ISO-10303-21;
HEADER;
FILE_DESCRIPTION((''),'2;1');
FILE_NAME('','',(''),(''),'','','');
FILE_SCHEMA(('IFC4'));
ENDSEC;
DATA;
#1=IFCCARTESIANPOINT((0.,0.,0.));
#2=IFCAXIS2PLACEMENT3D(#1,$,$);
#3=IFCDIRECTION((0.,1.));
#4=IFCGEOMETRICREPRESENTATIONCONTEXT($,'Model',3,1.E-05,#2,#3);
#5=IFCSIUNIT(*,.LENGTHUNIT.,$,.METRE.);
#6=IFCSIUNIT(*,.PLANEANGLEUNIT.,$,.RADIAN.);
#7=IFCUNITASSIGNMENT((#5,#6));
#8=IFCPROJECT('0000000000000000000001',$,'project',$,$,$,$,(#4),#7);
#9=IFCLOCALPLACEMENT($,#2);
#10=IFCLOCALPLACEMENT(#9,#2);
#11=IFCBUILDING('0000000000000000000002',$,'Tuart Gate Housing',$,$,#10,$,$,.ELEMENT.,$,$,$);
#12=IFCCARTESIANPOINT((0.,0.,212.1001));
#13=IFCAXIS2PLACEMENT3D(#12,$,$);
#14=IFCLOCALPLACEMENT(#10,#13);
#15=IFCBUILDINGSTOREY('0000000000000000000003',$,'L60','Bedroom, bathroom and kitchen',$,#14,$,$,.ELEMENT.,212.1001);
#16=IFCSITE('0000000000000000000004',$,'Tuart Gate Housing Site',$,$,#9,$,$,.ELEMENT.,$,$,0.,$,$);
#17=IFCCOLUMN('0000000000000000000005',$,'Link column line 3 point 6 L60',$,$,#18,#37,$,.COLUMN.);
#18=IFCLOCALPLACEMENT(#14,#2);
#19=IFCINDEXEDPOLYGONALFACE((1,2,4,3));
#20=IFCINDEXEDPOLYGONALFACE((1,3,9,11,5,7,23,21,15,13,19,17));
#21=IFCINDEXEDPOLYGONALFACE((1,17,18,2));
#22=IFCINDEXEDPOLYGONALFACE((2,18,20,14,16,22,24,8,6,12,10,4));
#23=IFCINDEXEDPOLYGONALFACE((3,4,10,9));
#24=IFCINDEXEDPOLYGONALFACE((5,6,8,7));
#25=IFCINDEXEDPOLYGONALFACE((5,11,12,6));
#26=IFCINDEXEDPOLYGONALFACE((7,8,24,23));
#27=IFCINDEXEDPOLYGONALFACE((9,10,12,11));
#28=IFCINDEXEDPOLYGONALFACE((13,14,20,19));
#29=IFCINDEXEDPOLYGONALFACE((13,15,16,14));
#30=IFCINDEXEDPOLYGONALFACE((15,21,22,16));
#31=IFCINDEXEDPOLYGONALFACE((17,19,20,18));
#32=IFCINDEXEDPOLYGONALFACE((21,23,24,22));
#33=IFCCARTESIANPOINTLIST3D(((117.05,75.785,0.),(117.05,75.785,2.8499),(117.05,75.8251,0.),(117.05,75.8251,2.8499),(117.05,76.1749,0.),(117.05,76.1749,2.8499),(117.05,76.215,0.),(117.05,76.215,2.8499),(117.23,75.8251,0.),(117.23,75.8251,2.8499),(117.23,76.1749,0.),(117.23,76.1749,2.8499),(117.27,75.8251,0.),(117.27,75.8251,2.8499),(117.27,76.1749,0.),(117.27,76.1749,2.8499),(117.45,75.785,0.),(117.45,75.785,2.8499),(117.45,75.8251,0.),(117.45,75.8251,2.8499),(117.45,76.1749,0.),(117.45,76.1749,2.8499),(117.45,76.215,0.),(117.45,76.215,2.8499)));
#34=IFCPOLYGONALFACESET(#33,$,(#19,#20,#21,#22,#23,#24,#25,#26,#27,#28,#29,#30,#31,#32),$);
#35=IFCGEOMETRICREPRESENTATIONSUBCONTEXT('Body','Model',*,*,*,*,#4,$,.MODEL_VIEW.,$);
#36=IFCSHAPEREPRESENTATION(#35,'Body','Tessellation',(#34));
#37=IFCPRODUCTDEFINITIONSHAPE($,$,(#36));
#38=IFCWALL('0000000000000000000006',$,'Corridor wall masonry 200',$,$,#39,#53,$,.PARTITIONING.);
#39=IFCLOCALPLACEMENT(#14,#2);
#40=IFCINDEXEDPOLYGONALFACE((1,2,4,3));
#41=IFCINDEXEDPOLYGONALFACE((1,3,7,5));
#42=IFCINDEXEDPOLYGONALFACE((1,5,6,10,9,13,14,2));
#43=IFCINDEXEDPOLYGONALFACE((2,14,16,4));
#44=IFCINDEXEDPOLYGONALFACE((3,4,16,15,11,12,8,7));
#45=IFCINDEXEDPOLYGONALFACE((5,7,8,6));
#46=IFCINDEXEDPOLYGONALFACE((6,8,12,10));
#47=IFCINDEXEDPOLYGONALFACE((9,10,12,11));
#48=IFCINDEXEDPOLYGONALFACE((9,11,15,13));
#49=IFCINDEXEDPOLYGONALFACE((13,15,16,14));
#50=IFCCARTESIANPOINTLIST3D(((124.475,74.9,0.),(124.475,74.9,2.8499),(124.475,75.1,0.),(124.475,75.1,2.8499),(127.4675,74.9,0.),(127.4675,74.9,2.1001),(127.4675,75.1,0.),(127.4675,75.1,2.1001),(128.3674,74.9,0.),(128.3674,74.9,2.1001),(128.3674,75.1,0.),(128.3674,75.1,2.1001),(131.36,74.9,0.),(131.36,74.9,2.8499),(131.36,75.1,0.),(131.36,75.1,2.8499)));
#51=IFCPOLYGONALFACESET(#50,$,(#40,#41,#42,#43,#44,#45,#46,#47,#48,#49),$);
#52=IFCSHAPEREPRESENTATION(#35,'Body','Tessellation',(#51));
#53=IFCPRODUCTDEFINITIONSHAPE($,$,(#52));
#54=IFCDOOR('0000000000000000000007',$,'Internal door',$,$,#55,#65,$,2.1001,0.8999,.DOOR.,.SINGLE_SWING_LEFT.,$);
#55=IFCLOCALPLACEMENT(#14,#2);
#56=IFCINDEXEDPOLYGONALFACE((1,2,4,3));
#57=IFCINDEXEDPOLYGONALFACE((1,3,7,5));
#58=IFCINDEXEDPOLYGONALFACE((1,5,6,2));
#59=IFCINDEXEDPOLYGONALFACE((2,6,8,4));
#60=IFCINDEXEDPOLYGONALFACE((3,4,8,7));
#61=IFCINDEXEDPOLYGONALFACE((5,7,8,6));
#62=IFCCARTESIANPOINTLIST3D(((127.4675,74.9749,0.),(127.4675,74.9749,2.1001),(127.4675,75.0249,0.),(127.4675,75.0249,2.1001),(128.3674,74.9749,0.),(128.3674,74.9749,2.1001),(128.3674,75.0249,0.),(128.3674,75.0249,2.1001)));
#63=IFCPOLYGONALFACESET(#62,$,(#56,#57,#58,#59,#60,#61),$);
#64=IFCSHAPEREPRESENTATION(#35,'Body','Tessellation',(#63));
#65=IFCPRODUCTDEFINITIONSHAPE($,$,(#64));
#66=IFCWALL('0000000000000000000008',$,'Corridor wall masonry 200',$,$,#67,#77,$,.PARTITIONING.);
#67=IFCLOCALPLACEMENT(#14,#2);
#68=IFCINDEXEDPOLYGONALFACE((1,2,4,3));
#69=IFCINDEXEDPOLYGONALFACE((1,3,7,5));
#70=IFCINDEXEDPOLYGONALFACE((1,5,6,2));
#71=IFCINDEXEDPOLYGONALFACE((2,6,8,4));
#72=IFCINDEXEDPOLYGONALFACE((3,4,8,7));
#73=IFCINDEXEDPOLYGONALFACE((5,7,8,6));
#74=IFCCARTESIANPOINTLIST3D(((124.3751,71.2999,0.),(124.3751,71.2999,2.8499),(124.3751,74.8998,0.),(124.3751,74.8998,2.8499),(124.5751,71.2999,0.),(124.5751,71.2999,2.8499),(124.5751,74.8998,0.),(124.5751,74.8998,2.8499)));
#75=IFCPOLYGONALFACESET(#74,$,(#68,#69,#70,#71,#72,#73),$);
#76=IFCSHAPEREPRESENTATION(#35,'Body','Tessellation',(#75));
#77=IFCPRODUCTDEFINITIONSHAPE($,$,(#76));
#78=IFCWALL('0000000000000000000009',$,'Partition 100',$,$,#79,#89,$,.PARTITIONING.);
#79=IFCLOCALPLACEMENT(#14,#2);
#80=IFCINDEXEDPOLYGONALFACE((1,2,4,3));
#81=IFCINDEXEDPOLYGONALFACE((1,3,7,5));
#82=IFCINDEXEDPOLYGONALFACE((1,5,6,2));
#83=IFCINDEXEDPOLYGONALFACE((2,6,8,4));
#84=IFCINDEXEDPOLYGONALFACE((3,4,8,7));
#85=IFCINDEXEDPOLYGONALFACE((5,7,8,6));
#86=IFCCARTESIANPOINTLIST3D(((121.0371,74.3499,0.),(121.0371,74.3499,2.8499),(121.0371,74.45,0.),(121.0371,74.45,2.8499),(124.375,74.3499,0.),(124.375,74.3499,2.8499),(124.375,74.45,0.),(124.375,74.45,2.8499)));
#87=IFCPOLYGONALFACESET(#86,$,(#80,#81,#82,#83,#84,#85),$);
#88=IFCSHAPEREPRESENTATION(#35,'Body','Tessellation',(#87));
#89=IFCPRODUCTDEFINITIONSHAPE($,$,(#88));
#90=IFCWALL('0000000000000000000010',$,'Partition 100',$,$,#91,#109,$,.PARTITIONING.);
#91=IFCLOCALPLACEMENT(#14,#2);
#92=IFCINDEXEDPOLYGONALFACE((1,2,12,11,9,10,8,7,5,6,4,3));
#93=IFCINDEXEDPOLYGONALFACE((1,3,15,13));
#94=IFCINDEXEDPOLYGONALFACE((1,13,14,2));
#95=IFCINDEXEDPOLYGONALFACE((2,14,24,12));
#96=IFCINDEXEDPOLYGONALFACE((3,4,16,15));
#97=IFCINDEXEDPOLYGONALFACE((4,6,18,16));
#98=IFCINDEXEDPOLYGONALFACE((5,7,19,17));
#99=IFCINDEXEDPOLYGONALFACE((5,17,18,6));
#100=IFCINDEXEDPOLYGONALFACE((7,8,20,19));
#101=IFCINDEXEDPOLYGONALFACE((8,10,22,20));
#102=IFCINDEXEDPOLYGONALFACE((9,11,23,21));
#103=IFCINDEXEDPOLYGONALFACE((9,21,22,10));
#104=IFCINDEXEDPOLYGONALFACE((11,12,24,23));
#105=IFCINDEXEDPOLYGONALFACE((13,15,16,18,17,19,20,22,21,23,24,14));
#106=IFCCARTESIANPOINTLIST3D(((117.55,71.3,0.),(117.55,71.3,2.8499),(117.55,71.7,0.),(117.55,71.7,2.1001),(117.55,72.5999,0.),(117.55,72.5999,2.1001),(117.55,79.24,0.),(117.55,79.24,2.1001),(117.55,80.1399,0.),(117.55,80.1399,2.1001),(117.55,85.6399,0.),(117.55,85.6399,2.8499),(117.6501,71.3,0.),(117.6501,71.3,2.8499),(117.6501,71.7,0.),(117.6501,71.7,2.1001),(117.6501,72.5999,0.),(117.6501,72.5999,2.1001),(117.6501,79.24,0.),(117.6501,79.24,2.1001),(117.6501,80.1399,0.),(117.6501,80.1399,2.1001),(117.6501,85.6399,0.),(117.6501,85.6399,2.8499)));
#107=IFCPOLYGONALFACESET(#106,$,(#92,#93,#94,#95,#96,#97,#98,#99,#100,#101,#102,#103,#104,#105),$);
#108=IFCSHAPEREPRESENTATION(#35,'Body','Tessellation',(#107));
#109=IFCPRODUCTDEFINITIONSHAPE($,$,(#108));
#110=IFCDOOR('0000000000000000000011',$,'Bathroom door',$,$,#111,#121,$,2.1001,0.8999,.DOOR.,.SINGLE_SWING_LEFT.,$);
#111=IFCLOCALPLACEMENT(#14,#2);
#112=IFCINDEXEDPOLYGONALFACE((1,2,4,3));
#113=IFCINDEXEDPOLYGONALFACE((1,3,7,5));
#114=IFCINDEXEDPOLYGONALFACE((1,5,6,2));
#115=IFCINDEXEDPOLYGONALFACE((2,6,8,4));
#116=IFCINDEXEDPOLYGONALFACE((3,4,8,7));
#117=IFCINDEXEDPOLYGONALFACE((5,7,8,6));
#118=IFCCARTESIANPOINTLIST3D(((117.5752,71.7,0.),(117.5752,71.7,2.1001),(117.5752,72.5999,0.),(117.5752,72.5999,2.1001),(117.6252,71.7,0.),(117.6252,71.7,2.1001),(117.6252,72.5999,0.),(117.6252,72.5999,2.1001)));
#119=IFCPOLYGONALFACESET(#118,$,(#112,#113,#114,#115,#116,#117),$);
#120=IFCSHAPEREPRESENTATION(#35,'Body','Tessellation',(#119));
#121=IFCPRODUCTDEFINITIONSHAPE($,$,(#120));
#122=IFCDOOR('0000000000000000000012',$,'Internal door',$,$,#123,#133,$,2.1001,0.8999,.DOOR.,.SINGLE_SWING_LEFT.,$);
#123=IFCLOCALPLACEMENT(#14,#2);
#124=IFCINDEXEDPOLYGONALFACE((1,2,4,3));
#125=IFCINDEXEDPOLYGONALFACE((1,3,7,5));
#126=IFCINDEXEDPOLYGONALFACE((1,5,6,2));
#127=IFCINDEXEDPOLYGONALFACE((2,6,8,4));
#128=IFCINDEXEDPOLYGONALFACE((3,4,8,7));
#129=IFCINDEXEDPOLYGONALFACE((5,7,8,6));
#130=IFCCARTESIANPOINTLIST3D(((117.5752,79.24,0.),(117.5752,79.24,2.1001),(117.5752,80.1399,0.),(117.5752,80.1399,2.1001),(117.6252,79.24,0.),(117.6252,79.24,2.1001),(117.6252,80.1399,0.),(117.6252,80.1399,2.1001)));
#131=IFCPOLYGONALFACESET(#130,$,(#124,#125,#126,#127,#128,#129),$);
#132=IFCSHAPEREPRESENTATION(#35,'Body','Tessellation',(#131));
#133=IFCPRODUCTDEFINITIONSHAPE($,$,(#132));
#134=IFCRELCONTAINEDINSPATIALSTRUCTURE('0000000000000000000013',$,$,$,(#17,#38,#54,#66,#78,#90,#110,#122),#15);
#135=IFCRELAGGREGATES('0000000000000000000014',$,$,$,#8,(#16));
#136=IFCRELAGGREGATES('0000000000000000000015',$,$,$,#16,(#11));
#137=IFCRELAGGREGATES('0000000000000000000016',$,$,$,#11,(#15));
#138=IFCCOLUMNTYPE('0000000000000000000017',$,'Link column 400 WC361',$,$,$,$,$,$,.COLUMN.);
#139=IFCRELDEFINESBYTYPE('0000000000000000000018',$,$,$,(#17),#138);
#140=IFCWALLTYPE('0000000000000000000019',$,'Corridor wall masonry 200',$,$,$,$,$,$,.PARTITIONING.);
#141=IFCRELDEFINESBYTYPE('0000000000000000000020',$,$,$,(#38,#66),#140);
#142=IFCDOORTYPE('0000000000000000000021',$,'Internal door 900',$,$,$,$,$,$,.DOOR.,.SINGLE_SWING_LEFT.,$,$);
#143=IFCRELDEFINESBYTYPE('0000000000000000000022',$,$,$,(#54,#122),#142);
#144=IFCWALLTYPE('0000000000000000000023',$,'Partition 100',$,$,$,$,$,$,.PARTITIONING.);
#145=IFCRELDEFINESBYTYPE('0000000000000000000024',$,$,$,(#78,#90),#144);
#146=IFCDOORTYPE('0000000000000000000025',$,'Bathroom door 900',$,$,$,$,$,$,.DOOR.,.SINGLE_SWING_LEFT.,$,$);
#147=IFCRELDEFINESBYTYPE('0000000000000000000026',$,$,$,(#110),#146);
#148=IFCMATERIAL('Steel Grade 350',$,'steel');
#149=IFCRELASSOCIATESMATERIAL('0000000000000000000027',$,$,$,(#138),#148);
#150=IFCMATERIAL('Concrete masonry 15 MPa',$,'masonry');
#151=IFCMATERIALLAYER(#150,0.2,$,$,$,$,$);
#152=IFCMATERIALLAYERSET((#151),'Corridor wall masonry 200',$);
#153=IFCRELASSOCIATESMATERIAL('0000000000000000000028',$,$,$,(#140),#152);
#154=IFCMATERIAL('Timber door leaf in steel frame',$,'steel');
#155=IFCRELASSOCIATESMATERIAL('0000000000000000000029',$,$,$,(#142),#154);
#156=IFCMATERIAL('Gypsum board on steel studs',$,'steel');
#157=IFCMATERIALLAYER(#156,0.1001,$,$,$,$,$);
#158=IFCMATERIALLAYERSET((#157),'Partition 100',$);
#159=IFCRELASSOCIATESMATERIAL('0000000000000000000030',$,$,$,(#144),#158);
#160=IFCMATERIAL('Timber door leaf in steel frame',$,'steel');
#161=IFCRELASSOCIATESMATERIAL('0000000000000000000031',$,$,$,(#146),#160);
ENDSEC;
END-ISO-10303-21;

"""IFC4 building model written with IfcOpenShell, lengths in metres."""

from ifc_helpers import new_model, si_unit, direction, frame, frame_2d, origin, origin_2d, place, context, subcontext, project, spatial, rectangle, i_section, extrude, material, layer, layer_set, material_profile, profile_set, type_object, element, fill, save


model = new_model("IFC4")

# Units and contexts
model_context = context("Model", 3, precision=1e-05, world=origin(), true_north=direction((0.0, 1.0)))
body_context = subcontext(model_context, "Body", "Model", "MODEL_VIEW")
ifc_project = project(units=[si_unit("LENGTHUNIT", "METRE"), si_unit("PLANEANGLEUNIT", "RADIAN")], contexts=[model_context])

# Site, building, storey
site_placement = place(None, origin())
site = spatial("IfcSite", under=ifc_project, at=site_placement, Name="Tuart Gate Housing Site", CompositionType="ELEMENT", RefElevation=0.0)
building_placement = place(site_placement, origin())
building = spatial("IfcBuilding", under=site, at=building_placement, Name="Tuart Gate Housing", CompositionType="ELEMENT")
storey_placement = place(building_placement, frame((0.0, 0.0, 212.1001)))
storey = spatial("IfcBuildingStorey", under=building, at=storey_placement, Name="L60", Description="Bedroom, bathroom and kitchen", CompositionType="ELEMENT", Elevation=212.1001)

# Column
ifc_material_1 = material(Name="Steel Grade 350", Category="steel")
ifc_material_profile = material_profile(ifc_material_1, i_section(OverallWidth=0.3999, OverallDepth=0.4299, WebThickness=0.04, FlangeThickness=0.04, at=origin_2d()), Name="400WC361")
ifc_profile_set = profile_set([ifc_material_profile], Name="Steel Grade 350")
column_type = type_object("IfcColumnType", Name="Link column 400 WC361", PredefinedType="COLUMN", material=ifc_profile_set)
column_placement = place(storey_placement, frame((117.25, 76.0, 0.0), z_axis=(0.0, 0.0, 1.0), x_axis=(1.0, 0.0, 0.0)))
element("IfcColumn", 1, at=column_placement, inside=storey, type_object=column_type, Name="Link column line 3 point 6 L60", PredefinedType="COLUMN", context=body_context, shape_type="SweptSolid", body=[
    extrude(i_section(OverallWidth=0.3999, OverallDepth=0.4299, WebThickness=0.04, FlangeThickness=0.04, at=origin_2d()), origin(), (0.0, 0.0, 1.0), 2.8499),
])

# Wall, opening, door
ifc_material_2 = material(Name="Concrete masonry 15 MPa", Category="masonry")
ifc_layer_1 = layer(ifc_material_2, 0.2)
ifc_layer_set_1 = layer_set([ifc_layer_1], Name="Corridor wall masonry 200")
wall_type_1 = type_object("IfcWallType", Name="Corridor wall masonry 200", PredefinedType="PARTITIONING", material=ifc_layer_set_1)
wall_1_placement = place(storey_placement, frame((124.4751, 75.0, 0.0), z_axis=(0.0, 0.0, 1.0), x_axis=(1.0, 0.0, 0.0)))
wall_1 = element("IfcWall", 2, at=wall_1_placement, inside=storey, type_object=wall_type_1, Name="Corridor wall masonry 200", PredefinedType="PARTITIONING", context=body_context, shape_type="SweptSolid", body=[
    extrude(rectangle(XDim=6.885, YDim=0.2, at=frame_2d((3.4424, 0.0))), origin(), (0.0, 0.0, 1.0), 2.8499),
])
opening_1_placement = place(wall_1_placement, frame((2.9924, 0.0, 0.0)))
opening_1 = element("IfcOpeningElement", 3, at=opening_1_placement, cuts=wall_1, PredefinedType="OPENING", context=body_context, shape_type="SweptSolid", body=[
    extrude(rectangle(XDim=0.8999, YDim=2.1001, at=frame_2d((0.45, 1.05))), frame((0.0, 0.1099, 0.0), z_axis=(0.0, -1.0, 0.0), x_axis=(1.0, 0.0, 0.0)), (0.0, 0.0, 1.0), 0.22),
])
ifc_material_3 = material(Name="Timber door leaf in steel frame", Category="steel")
door_type_1 = type_object("IfcDoorType", Name="Internal door 900", OperationType="SINGLE_SWING_LEFT", PredefinedType="DOOR", material=ifc_material_3)
door_1_placement = place(opening_1_placement, origin())
door_1 = element("IfcDoor", 4, at=door_1_placement, inside=storey, type_object=door_type_1, Name="Internal door", OperationType="SINGLE_SWING_LEFT", OverallHeight=2.1001, OverallWidth=0.8999, PredefinedType="DOOR", context=body_context, shape_type="SweptSolid", body=[
    extrude(rectangle(XDim=0.8999, YDim=2.1001, at=frame_2d((0.45, 1.05))), frame((0.0, 0.0249, 0.0), z_axis=(0.0, -1.0, 0.0), x_axis=(1.0, 0.0, 0.0)), (0.0, 0.0, 1.0), 0.05),
])
fill(opening_1, door_1)

# Walls
wall_2_placement = place(storey_placement, frame((124.4751, 71.3, 0.0), z_axis=(0.0, 0.0, 1.0), x_axis=(0.0, 1.0, 0.0)))
element("IfcWall", 5, at=wall_2_placement, inside=storey, type_object=wall_type_1, Name="Corridor wall masonry 200", PredefinedType="PARTITIONING", context=body_context, shape_type="SweptSolid", body=[
    extrude(rectangle(XDim=3.5999, YDim=0.2, at=frame_2d((1.7998, 0.0))), origin(), (0.0, 0.0, 1.0), 2.8499),
])
ifc_material_4 = material(Name="Gypsum board on steel studs", Category="steel")
ifc_layer_2 = layer(ifc_material_4, 0.1001)
ifc_layer_set_2 = layer_set([ifc_layer_2], Name="Partition 100")
wall_type_2 = type_object("IfcWallType", Name="Partition 100", PredefinedType="PARTITIONING", material=ifc_layer_set_2)
wall_3_placement = place(storey_placement, frame((121.0371, 74.3999, 0.0), z_axis=(0.0, 0.0, 1.0), x_axis=(1.0, 0.0, 0.0)))
element("IfcWall", 6, at=wall_3_placement, inside=storey, type_object=wall_type_2, Name="Partition 100", PredefinedType="PARTITIONING", context=body_context, shape_type="SweptSolid", body=[
    extrude(rectangle(XDim=3.3379, YDim=0.1001, at=frame_2d((1.6689, 0.0))), origin(), (0.0, 0.0, 1.0), 2.8499),
])

# Wall, openings, doors
wall_4_placement = place(storey_placement, frame((117.6001, 71.3, 0.0), z_axis=(0.0, 0.0, 1.0), x_axis=(0.0, 1.0, 0.0)))
wall_4 = element("IfcWall", 7, at=wall_4_placement, inside=storey, type_object=wall_type_2, Name="Partition 100", PredefinedType="PARTITIONING", context=body_context, shape_type="SweptSolid", body=[
    extrude(rectangle(XDim=14.3398, YDim=0.1001, at=frame_2d((7.1699, 0.0))), origin(), (0.0, 0.0, 1.0), 2.8499),
])
opening_2_placement = place(wall_4_placement, frame((7.9399, 0.0, 0.0)))
opening_2 = element("IfcOpeningElement", 8, at=opening_2_placement, cuts=wall_4, PredefinedType="OPENING", context=body_context, shape_type="SweptSolid", body=[
    extrude(rectangle(XDim=0.8999, YDim=2.1001, at=frame_2d((0.45, 1.05))), frame((0.0, 0.0601, 0.0), z_axis=(0.0, -1.0, 0.0), x_axis=(1.0, 0.0, 0.0)), (0.0, 0.0, 1.0), 0.1201),
])
opening_3_placement = place(wall_4_placement, frame((0.3999, 0.0, 0.0)))
opening_3 = element("IfcOpeningElement", 9, at=opening_3_placement, cuts=wall_4, PredefinedType="OPENING", context=body_context, shape_type="SweptSolid", body=[
    extrude(rectangle(XDim=0.8999, YDim=2.1001, at=frame_2d((0.45, 1.05))), frame((0.0, 0.0601, 0.0), z_axis=(0.0, -1.0, 0.0), x_axis=(1.0, 0.0, 0.0)), (0.0, 0.0, 1.0), 0.1201),
])
ifc_material_5 = material(Name="Timber door leaf in steel frame", Category="steel")
door_type_2 = type_object("IfcDoorType", Name="Bathroom door 900", OperationType="SINGLE_SWING_LEFT", PredefinedType="DOOR", material=ifc_material_5)
door_2_placement = place(opening_3_placement, origin())
door_2 = element("IfcDoor", 10, at=door_2_placement, inside=storey, type_object=door_type_2, Name="Bathroom door", OperationType="SINGLE_SWING_LEFT", OverallHeight=2.1001, OverallWidth=0.8999, PredefinedType="DOOR", context=body_context, shape_type="SweptSolid", body=[
    extrude(rectangle(XDim=0.8999, YDim=2.1001, at=frame_2d((0.45, 1.05))), frame((0.0, 0.0249, 0.0), z_axis=(0.0, -1.0, 0.0), x_axis=(1.0, 0.0, 0.0)), (0.0, 0.0, 1.0), 0.05),
])
fill(opening_3, door_2)
door_3_placement = place(opening_2_placement, origin())
door_3 = element("IfcDoor", 11, at=door_3_placement, inside=storey, type_object=door_type_1, Name="Internal door", OperationType="SINGLE_SWING_LEFT", OverallHeight=2.1001, OverallWidth=0.8999, PredefinedType="DOOR", context=body_context, shape_type="SweptSolid", body=[
    extrude(rectangle(XDim=0.8999, YDim=2.1001, at=frame_2d((0.45, 1.05))), frame((0.0, 0.0249, 0.0), z_axis=(0.0, -1.0, 0.0), x_axis=(1.0, 0.0, 0.0)), (0.0, 0.0, 1.0), 0.05),
])
fill(opening_2, door_3)

save(model, "model.ifc")
